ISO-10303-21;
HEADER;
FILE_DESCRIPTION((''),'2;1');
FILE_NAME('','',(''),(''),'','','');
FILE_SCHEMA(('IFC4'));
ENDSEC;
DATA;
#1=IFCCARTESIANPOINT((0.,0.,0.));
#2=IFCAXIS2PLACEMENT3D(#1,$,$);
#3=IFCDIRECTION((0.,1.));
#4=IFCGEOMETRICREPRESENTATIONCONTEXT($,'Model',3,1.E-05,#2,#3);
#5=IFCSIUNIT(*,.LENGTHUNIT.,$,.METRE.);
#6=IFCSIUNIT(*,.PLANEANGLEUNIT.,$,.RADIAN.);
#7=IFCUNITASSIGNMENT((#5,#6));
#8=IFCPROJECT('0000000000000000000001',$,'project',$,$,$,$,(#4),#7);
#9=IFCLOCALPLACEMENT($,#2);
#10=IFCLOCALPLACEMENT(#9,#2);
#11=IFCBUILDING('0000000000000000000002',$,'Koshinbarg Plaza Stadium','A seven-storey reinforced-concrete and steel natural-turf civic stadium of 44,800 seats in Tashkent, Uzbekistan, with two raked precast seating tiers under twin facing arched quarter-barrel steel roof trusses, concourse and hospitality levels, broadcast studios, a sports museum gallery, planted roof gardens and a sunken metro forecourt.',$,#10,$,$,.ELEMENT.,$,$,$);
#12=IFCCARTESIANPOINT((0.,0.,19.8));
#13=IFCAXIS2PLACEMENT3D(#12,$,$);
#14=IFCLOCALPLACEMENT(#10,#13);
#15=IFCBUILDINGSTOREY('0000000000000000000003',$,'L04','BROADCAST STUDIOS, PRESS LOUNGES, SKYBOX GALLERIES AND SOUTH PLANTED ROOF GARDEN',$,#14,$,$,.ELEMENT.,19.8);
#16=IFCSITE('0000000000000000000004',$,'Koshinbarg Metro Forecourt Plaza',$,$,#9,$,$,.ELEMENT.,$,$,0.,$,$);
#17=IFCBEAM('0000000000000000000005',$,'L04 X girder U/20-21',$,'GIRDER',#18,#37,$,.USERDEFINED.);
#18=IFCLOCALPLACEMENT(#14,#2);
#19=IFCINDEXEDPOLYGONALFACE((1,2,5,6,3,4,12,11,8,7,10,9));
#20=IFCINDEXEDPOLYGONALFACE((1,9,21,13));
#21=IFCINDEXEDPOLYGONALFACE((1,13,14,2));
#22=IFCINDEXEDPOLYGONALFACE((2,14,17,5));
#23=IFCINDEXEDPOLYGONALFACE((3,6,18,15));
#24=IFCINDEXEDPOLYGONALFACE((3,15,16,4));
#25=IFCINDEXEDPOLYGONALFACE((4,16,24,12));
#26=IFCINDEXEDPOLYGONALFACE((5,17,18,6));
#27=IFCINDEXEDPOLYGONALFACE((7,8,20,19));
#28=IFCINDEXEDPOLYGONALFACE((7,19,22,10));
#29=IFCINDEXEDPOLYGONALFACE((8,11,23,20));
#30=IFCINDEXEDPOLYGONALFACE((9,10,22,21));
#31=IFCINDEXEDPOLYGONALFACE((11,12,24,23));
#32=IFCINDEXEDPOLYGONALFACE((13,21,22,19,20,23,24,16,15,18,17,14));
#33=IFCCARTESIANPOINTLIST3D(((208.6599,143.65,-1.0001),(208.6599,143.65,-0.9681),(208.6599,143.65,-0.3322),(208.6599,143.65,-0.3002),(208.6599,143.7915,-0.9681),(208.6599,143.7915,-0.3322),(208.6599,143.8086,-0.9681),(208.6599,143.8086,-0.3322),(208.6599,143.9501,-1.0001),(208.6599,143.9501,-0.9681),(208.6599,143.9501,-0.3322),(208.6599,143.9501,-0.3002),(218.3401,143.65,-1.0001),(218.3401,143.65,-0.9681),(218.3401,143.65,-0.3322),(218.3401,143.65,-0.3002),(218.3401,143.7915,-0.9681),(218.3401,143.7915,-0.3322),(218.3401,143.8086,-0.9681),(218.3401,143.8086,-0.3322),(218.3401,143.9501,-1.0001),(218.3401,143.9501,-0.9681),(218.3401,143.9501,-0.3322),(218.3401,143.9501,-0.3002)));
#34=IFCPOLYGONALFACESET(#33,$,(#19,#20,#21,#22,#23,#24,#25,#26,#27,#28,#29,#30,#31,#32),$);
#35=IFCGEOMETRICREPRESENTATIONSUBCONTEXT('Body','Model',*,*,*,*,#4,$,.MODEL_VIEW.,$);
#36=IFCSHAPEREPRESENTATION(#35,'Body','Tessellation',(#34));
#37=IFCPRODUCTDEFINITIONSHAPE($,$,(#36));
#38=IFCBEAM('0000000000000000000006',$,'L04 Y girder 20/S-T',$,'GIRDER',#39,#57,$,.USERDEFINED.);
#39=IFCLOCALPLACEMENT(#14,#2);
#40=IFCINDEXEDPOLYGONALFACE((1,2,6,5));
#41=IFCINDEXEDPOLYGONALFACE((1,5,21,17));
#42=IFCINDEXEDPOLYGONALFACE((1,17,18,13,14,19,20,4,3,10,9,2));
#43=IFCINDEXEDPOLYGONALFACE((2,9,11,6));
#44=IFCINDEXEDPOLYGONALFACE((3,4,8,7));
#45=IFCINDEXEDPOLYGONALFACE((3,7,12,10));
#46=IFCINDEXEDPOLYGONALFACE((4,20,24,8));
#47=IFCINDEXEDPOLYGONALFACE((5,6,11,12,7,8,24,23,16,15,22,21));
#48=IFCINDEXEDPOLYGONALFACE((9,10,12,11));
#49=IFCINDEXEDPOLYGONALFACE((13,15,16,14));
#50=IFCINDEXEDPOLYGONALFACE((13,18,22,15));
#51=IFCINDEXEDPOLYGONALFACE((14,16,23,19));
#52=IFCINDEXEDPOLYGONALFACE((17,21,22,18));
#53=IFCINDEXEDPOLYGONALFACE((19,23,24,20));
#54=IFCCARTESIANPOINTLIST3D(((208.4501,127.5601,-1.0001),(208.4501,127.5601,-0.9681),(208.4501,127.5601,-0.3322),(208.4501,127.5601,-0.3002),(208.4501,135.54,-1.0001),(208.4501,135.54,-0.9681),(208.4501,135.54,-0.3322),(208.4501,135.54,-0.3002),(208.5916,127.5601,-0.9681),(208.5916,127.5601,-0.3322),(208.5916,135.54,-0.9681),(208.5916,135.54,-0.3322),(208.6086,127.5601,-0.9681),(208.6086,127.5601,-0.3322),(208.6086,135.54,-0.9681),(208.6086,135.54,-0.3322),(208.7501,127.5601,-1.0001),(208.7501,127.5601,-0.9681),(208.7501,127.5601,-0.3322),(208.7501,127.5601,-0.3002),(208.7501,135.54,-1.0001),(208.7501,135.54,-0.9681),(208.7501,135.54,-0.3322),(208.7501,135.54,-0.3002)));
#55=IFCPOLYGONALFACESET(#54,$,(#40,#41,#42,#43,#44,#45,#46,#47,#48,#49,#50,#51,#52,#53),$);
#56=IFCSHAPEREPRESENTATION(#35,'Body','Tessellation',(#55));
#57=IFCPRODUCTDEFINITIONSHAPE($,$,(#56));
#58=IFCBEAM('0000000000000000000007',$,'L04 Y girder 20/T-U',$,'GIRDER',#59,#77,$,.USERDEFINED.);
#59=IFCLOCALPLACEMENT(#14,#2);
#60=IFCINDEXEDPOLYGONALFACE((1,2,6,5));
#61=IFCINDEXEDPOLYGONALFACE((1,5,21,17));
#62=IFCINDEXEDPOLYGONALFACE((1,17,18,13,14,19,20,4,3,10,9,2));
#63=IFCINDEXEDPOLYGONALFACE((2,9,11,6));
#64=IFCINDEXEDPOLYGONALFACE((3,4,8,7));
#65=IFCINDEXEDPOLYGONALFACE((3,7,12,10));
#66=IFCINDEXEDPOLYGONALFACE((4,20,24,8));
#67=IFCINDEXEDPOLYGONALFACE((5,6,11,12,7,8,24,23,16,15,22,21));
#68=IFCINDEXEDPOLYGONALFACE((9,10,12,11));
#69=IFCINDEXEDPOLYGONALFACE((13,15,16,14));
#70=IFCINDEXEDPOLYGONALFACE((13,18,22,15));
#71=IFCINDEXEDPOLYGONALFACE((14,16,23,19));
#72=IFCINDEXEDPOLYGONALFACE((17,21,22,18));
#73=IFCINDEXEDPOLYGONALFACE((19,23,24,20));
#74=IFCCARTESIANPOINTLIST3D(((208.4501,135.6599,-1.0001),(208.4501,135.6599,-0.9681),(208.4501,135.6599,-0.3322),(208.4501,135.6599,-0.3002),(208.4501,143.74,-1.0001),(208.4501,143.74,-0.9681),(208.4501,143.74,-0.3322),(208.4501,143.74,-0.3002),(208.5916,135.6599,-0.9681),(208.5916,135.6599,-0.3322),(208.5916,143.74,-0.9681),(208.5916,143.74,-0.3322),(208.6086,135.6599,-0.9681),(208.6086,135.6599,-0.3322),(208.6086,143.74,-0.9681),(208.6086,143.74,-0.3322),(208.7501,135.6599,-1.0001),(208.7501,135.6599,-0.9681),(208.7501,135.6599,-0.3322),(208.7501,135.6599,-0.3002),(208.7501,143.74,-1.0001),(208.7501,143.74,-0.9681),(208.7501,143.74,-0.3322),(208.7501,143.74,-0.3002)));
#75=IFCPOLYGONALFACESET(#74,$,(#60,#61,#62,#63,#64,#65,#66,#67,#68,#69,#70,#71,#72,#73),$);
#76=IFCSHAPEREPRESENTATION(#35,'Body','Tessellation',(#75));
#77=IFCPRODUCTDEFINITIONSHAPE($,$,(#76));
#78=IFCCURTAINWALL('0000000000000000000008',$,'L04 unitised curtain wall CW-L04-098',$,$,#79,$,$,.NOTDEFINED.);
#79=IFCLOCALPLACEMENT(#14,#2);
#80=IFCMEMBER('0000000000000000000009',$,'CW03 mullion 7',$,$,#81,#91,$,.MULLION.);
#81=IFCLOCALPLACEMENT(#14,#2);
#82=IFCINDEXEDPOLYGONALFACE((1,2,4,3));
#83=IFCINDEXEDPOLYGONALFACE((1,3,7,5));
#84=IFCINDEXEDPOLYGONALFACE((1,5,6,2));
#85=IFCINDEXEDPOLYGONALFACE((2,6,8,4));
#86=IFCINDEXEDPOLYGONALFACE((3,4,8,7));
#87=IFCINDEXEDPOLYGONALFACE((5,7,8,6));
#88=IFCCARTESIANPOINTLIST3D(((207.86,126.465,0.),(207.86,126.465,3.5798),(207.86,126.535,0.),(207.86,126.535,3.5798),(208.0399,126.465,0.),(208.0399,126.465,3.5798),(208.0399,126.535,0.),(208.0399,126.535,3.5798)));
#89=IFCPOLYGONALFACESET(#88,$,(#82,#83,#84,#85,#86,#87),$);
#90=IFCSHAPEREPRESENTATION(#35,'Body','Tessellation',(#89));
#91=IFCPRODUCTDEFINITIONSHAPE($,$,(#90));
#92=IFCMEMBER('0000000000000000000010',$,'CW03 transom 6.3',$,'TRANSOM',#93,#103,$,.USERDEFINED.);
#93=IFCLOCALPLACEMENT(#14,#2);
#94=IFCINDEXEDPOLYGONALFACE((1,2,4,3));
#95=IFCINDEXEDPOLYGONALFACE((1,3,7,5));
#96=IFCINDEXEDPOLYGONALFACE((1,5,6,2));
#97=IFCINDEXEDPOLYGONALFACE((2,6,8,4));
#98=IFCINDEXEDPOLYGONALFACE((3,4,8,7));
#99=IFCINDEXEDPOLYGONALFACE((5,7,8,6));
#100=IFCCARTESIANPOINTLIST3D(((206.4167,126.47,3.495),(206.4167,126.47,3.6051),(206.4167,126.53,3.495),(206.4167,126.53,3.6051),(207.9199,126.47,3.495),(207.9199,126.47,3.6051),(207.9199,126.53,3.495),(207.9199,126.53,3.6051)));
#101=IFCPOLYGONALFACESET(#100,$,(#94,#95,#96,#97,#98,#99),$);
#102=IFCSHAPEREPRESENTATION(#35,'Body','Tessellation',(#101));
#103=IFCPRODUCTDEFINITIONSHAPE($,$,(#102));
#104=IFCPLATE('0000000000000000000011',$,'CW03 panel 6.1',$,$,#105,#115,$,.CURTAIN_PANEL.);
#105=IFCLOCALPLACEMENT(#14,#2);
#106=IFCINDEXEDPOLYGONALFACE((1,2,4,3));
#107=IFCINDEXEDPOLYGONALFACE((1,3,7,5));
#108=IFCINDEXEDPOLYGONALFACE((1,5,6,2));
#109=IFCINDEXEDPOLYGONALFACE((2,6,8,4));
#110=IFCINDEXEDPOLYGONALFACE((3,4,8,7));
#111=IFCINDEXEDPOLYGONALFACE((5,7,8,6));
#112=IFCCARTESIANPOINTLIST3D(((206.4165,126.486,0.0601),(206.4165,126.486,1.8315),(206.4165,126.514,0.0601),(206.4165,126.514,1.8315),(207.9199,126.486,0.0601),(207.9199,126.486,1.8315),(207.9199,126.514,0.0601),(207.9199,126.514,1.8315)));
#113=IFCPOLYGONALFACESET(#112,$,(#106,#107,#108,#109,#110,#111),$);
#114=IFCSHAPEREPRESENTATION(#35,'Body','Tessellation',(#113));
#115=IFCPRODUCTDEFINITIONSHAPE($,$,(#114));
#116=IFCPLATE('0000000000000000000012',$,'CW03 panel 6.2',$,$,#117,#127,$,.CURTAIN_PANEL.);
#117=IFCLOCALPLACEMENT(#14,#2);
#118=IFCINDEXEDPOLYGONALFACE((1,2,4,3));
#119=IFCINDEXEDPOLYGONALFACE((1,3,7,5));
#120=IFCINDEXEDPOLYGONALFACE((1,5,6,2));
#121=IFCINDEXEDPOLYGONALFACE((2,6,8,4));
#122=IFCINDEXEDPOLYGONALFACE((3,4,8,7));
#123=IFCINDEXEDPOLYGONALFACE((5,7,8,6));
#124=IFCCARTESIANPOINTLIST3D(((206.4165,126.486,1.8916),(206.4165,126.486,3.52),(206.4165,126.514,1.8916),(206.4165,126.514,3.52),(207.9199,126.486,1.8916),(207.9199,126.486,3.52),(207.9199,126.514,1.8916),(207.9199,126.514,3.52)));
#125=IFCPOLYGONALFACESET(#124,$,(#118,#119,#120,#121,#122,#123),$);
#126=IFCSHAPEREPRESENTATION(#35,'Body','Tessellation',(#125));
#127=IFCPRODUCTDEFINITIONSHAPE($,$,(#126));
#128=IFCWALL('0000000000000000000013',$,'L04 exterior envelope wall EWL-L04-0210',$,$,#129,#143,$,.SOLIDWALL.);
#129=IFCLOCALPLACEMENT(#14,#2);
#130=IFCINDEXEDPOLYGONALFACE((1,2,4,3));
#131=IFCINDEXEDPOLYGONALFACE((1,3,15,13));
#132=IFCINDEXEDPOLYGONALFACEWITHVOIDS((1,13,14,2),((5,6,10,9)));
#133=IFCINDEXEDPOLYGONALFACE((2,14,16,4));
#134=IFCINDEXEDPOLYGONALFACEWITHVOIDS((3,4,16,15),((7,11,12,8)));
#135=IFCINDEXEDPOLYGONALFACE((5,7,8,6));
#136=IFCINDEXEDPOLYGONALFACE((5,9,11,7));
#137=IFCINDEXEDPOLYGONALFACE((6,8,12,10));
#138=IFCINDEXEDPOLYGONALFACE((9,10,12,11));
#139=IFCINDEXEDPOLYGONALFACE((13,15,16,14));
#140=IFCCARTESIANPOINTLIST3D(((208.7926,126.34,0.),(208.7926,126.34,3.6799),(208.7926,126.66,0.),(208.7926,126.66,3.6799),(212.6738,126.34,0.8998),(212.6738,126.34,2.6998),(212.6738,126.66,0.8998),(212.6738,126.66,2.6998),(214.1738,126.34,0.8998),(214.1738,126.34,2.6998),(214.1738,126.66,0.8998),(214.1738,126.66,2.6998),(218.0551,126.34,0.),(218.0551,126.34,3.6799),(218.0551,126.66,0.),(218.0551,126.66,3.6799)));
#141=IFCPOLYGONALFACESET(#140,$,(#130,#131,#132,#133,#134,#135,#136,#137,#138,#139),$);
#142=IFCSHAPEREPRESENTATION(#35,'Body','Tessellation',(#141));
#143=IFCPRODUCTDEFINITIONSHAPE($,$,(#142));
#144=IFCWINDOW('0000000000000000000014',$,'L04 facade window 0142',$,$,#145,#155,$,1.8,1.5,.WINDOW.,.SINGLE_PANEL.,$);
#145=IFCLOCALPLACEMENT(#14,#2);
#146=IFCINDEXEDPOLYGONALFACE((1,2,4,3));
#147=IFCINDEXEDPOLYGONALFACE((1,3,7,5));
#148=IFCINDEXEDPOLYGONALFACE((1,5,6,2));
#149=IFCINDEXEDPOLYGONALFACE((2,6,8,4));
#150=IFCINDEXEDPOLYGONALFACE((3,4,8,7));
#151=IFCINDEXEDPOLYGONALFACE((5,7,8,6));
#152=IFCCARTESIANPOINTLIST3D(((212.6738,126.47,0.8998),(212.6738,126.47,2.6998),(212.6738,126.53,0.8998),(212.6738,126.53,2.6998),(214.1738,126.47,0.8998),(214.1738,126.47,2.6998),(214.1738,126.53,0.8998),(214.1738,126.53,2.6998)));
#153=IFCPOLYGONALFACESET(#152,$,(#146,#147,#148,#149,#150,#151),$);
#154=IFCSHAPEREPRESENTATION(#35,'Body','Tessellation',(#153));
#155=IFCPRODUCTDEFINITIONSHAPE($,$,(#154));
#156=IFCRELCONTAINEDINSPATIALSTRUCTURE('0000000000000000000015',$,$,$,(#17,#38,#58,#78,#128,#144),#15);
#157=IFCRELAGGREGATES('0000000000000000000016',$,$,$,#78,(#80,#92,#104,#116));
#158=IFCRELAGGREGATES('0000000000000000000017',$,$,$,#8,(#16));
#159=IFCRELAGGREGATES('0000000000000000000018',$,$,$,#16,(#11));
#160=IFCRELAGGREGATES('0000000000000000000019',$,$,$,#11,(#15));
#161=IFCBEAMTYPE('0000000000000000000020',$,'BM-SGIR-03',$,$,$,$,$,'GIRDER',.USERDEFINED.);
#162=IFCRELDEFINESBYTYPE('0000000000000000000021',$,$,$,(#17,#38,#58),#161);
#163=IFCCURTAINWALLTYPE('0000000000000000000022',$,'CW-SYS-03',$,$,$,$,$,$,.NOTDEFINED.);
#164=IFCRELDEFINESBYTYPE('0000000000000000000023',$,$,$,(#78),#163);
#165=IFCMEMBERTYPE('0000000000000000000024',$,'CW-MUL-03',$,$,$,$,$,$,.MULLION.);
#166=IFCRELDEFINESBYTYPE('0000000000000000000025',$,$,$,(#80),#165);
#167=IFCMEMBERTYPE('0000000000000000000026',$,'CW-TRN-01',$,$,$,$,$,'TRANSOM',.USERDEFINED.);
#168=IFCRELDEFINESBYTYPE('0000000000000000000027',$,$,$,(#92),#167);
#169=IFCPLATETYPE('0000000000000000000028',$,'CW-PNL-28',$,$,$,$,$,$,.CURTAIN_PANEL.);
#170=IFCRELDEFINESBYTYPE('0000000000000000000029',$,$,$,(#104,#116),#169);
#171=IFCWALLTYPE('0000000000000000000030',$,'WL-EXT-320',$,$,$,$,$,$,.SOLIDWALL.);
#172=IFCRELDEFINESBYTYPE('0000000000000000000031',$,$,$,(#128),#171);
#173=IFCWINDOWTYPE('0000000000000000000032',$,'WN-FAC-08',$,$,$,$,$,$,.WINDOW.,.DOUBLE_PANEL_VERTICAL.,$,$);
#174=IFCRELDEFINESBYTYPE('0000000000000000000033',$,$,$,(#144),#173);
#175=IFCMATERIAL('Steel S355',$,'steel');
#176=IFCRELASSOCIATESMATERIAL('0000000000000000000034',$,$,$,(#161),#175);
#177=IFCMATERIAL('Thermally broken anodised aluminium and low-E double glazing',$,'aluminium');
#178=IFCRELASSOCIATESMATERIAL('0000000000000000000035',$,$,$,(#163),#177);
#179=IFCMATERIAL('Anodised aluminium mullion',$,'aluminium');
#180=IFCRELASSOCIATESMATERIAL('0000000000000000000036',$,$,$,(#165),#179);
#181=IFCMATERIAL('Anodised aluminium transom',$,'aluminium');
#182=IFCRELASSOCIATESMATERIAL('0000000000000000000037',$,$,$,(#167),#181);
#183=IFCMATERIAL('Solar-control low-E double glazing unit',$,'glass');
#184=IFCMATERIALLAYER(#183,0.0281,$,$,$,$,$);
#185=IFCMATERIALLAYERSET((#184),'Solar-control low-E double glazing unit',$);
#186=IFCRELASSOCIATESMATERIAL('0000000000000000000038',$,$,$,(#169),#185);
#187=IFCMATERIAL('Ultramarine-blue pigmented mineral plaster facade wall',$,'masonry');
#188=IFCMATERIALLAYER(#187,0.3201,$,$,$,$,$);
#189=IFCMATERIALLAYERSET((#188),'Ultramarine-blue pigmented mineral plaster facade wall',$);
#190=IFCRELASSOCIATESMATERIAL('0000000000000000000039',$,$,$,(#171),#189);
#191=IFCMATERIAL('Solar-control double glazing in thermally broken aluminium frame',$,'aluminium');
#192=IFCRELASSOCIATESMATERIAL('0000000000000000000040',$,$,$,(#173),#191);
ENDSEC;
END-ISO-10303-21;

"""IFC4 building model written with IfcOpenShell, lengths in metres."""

from ifc_helpers import new_model, si_unit, direction, frame, frame_2d, origin, origin_2d, place, context, subcontext, project, spatial, rectangle, i_section, extrude, material, layer, layer_set, material_profile, profile_set, type_object, element, fill, aggregate, save


model = new_model("IFC4")

# Units and contexts
model_context = context("Model", 3, precision=1e-05, world=origin(), true_north=direction((0.0, 1.0)))
body_context = subcontext(model_context, "Body", "Model", "MODEL_VIEW")
ifc_project = project(units=[si_unit("LENGTHUNIT", "METRE"), si_unit("PLANEANGLEUNIT", "RADIAN")], contexts=[model_context])

# Site, building, storey
site_placement = place(None, origin())
site = spatial("IfcSite", under=ifc_project, at=site_placement, Name="Koshinbarg Metro Forecourt Plaza", CompositionType="ELEMENT", RefElevation=0.0)
building_placement = place(site_placement, origin())
building = spatial("IfcBuilding", under=site, at=building_placement, Name="Koshinbarg Plaza Stadium", Description="A seven-storey reinforced-concrete and steel natural-turf civic stadium of 44,800 seats in Tashkent, Uzbekistan, with two raked precast seating tiers under twin facing arched quarter-barrel steel roof trusses, concourse and hospitality levels, broadcast studios, a sports museum gallery, planted roof gardens and a sunken metro forecourt.", CompositionType="ELEMENT")
storey_placement = place(building_placement, frame((0.0, 0.0, 19.8)))
storey = spatial("IfcBuildingStorey", under=building, at=storey_placement, Name="L04", Description="BROADCAST STUDIOS, PRESS LOUNGES, SKYBOX GALLERIES AND SOUTH PLANTED ROOF GARDEN", CompositionType="ELEMENT", Elevation=19.8)

# Shared definitions
ifc_material_1 = material(Name="Steel S355", Category="steel")

# Beams
ifc_material_profile_1 = material_profile(ifc_material_1, i_section(OverallWidth=0.3, OverallDepth=0.7, WebThickness=0.0171, FlangeThickness=0.032, at=origin_2d()), Name="HEB 700")
ifc_profile_set_1 = profile_set([ifc_material_profile_1], Name="Steel S355")
beam_type_1 = type_object("IfcBeamType", Name="BM-SGIR-03", ElementType="GIRDER", PredefinedType="USERDEFINED", material=ifc_profile_set_1)
for number, where, z_axis, x_axis, name in (
    (1, (208.6599, 143.8, -0.6501), (1.0, 0.0, 0.0), (0.0, 1.0, 0.0), "L04 X girder U/20-21"),
):
    element("IfcBeam", number, at=place(storey_placement, frame(where, z_axis=z_axis, x_axis=x_axis)), inside=storey, type_object=beam_type_1, Name=name, ObjectType="GIRDER", PredefinedType="USERDEFINED", context=body_context, shape_type="SweptSolid", body=[
        extrude(i_section(OverallWidth=0.3, OverallDepth=0.7, WebThickness=0.0171, FlangeThickness=0.032, at=origin_2d()), origin(), (0.0, 0.0, 1.0), 9.6802),
    ])
beam_1_placement = place(storey_placement, frame((208.6001, 127.5601, -0.6501), z_axis=(0.0, 1.0, 0.0), x_axis=(-1.0, 0.0, 0.0)))
element("IfcBeam", 2, at=beam_1_placement, inside=storey, type_object=beam_type_1, Name="L04 Y girder 20/S-T", ObjectType="GIRDER", PredefinedType="USERDEFINED", context=body_context, shape_type="SweptSolid", body=[
    extrude(i_section(OverallWidth=0.3, OverallDepth=0.7, WebThickness=0.0171, FlangeThickness=0.032, at=origin_2d()), origin(), (0.0, 0.0, 1.0), 7.98),
])
beam_2_placement = place(storey_placement, frame((208.6001, 135.6599, -0.6501), z_axis=(0.0, 1.0, 0.0), x_axis=(-1.0, 0.0, 0.0)))
element("IfcBeam", 3, at=beam_2_placement, inside=storey, type_object=beam_type_1, Name="L04 Y girder 20/T-U", ObjectType="GIRDER", PredefinedType="USERDEFINED", context=body_context, shape_type="SweptSolid", body=[
    extrude(i_section(OverallWidth=0.3, OverallDepth=0.7, WebThickness=0.0171, FlangeThickness=0.032, at=origin_2d()), origin(), (0.0, 0.0, 1.0), 8.0801),
])

# Curtain wall, members, plates
ifc_material_2 = material(Name="Thermally broken anodised aluminium and low-E double glazing", Category="aluminium")
curtain_wall_type = type_object("IfcCurtainWallType", Name="CW-SYS-03", PredefinedType="NOTDEFINED", material=ifc_material_2)
curtain_wall_placement = place(storey_placement, origin())
curtain_wall = element("IfcCurtainWall", 4, at=curtain_wall_placement, inside=storey, type_object=curtain_wall_type, Name="L04 unitised curtain wall CW-L04-098", PredefinedType="NOTDEFINED")
ifc_material_3 = material(Name="Anodised aluminium mullion", Category="aluminium")
ifc_material_profile_2 = material_profile(ifc_material_3, rectangle(XDim=0.0701, YDim=0.1799, at=origin_2d()), Name="ALU 70x180")
ifc_profile_set_2 = profile_set([ifc_material_profile_2], Name="Anodised aluminium mullion")
member_type_1 = type_object("IfcMemberType", Name="CW-MUL-03", PredefinedType="MULLION", material=ifc_profile_set_2)
member_1_placement = place(storey_placement, frame((207.95, 126.5, 0.0), z_axis=(0.0, 0.0, 1.0), x_axis=(0.0, 1.0, 0.0)))
member_1 = element("IfcMember", 5, at=member_1_placement, type_object=member_type_1, Name="CW03 mullion 7", PredefinedType="MULLION", context=body_context, shape_type="SweptSolid", body=[
    extrude(rectangle(XDim=0.0701, YDim=0.1799, at=origin_2d()), origin(), (0.0, 0.0, 1.0), 3.5798),
])
ifc_material_4 = material(Name="Anodised aluminium transom", Category="aluminium")
ifc_material_profile_3 = material_profile(ifc_material_4, rectangle(XDim=0.0601, YDim=0.1101, at=origin_2d()), Name="ALU 60x110")
ifc_profile_set_3 = profile_set([ifc_material_profile_3], Name="Anodised aluminium transom")
member_type_2 = type_object("IfcMemberType", Name="CW-TRN-01", ElementType="TRANSOM", PredefinedType="USERDEFINED", material=ifc_profile_set_3)
member_2_placement = place(storey_placement, frame((206.4167, 126.5, 3.55), z_axis=(1.0, 0.0, 0.0), x_axis=(0.0, 1.0, 0.0)))
member_2 = element("IfcMember", 6, at=member_2_placement, type_object=member_type_2, Name="CW03 transom 6.3", ObjectType="TRANSOM", PredefinedType="USERDEFINED", context=body_context, shape_type="SweptSolid", body=[
    extrude(rectangle(XDim=0.0601, YDim=0.1101, at=origin_2d()), origin(), (0.0, 0.0, 1.0), 1.5032),
])
ifc_material_5 = material(Name="Solar-control low-E double glazing unit", Category="glass")
ifc_layer_1 = layer(ifc_material_5, 0.0281)
ifc_layer_set_1 = layer_set([ifc_layer_1], Name="Solar-control low-E double glazing unit")
plate_type = type_object("IfcPlateType", Name="CW-PNL-28", PredefinedType="CURTAIN_PANEL", material=ifc_layer_set_1)
plate_1_placement = place(storey_placement, frame((207.1682, 126.5, 0.0601), z_axis=(0.0, 0.0, 1.0), x_axis=(1.0, 0.0, 0.0)))
plate_1 = element("IfcPlate", 7, at=plate_1_placement, type_object=plate_type, Name="CW03 panel 6.1", PredefinedType="CURTAIN_PANEL", context=body_context, shape_type="SweptSolid", body=[
    extrude(rectangle(XDim=1.5034, YDim=0.0281, at=origin_2d()), origin(), (0.0, 0.0, 1.0), 1.7715),
])
plate_2_placement = place(storey_placement, frame((207.1682, 126.5, 1.8916), z_axis=(0.0, 0.0, 1.0), x_axis=(1.0, 0.0, 0.0)))
plate_2 = element("IfcPlate", 8, at=plate_2_placement, type_object=plate_type, Name="CW03 panel 6.2", PredefinedType="CURTAIN_PANEL", context=body_context, shape_type="SweptSolid", body=[
    extrude(rectangle(XDim=1.5034, YDim=0.0281, at=origin_2d()), origin(), (0.0, 0.0, 1.0), 1.6284),
])
aggregate(curtain_wall, [member_1, member_2, plate_1, plate_2])

# Wall, opening, window
ifc_material_6 = material(Name="Ultramarine-blue pigmented mineral plaster facade wall", Category="masonry")
ifc_layer_2 = layer(ifc_material_6, 0.3201)
ifc_layer_set_2 = layer_set([ifc_layer_2], Name="Ultramarine-blue pigmented mineral plaster facade wall")
wall_type = type_object("IfcWallType", Name="WL-EXT-320", PredefinedType="SOLIDWALL", material=ifc_layer_set_2)
wall_placement = place(storey_placement, frame((208.7925, 126.5, 0.0), z_axis=(0.0, 0.0, 1.0), x_axis=(1.0, 0.0, 0.0)))
wall = element("IfcWall", 9, at=wall_placement, inside=storey, type_object=wall_type, Name="L04 exterior envelope wall EWL-L04-0210", PredefinedType="SOLIDWALL", context=body_context, shape_type="SweptSolid", body=[
    extrude(rectangle(XDim=9.2625, YDim=0.3201, at=frame_2d((4.6313, 0.0))), origin(), (0.0, 0.0, 1.0), 3.6799),
])
opening_placement = place(wall_placement, frame((3.8813, 0.0, 0.8999)))
opening = element("IfcOpeningElement", 10, at=opening_placement, cuts=wall, PredefinedType="OPENING", context=body_context, shape_type="SweptSolid", body=[
    extrude(rectangle(XDim=1.5, YDim=1.8, at=frame_2d((0.75, 0.8999))), frame((0.0, 0.1699, 0.0), z_axis=(0.0, -1.0, 0.0), x_axis=(1.0, 0.0, 0.0)), (0.0, 0.0, 1.0), 0.3401),
])
ifc_material_7 = material(Name="Solar-control double glazing in thermally broken aluminium frame", Category="aluminium")
window_type = type_object("IfcWindowType", Name="WN-FAC-08", PartitioningType="DOUBLE_PANEL_VERTICAL", PredefinedType="WINDOW", material=ifc_material_7)
window_placement = place(opening_placement, origin())
window = element("IfcWindow", 11, at=window_placement, inside=storey, type_object=window_type, Name="L04 facade window 0142", OverallHeight=1.8, OverallWidth=1.5, PartitioningType="SINGLE_PANEL", PredefinedType="WINDOW", context=body_context, shape_type="SweptSolid", body=[
    extrude(rectangle(XDim=1.5, YDim=1.8, at=frame_2d((0.75, 0.8999))), frame((0.0, 0.03, 0.0), z_axis=(0.0, -1.0, 0.0), x_axis=(1.0, 0.0, 0.0)), (0.0, 0.0, 1.0), 0.0601),
])
fill(opening, window)

save(model, "model.ifc")
